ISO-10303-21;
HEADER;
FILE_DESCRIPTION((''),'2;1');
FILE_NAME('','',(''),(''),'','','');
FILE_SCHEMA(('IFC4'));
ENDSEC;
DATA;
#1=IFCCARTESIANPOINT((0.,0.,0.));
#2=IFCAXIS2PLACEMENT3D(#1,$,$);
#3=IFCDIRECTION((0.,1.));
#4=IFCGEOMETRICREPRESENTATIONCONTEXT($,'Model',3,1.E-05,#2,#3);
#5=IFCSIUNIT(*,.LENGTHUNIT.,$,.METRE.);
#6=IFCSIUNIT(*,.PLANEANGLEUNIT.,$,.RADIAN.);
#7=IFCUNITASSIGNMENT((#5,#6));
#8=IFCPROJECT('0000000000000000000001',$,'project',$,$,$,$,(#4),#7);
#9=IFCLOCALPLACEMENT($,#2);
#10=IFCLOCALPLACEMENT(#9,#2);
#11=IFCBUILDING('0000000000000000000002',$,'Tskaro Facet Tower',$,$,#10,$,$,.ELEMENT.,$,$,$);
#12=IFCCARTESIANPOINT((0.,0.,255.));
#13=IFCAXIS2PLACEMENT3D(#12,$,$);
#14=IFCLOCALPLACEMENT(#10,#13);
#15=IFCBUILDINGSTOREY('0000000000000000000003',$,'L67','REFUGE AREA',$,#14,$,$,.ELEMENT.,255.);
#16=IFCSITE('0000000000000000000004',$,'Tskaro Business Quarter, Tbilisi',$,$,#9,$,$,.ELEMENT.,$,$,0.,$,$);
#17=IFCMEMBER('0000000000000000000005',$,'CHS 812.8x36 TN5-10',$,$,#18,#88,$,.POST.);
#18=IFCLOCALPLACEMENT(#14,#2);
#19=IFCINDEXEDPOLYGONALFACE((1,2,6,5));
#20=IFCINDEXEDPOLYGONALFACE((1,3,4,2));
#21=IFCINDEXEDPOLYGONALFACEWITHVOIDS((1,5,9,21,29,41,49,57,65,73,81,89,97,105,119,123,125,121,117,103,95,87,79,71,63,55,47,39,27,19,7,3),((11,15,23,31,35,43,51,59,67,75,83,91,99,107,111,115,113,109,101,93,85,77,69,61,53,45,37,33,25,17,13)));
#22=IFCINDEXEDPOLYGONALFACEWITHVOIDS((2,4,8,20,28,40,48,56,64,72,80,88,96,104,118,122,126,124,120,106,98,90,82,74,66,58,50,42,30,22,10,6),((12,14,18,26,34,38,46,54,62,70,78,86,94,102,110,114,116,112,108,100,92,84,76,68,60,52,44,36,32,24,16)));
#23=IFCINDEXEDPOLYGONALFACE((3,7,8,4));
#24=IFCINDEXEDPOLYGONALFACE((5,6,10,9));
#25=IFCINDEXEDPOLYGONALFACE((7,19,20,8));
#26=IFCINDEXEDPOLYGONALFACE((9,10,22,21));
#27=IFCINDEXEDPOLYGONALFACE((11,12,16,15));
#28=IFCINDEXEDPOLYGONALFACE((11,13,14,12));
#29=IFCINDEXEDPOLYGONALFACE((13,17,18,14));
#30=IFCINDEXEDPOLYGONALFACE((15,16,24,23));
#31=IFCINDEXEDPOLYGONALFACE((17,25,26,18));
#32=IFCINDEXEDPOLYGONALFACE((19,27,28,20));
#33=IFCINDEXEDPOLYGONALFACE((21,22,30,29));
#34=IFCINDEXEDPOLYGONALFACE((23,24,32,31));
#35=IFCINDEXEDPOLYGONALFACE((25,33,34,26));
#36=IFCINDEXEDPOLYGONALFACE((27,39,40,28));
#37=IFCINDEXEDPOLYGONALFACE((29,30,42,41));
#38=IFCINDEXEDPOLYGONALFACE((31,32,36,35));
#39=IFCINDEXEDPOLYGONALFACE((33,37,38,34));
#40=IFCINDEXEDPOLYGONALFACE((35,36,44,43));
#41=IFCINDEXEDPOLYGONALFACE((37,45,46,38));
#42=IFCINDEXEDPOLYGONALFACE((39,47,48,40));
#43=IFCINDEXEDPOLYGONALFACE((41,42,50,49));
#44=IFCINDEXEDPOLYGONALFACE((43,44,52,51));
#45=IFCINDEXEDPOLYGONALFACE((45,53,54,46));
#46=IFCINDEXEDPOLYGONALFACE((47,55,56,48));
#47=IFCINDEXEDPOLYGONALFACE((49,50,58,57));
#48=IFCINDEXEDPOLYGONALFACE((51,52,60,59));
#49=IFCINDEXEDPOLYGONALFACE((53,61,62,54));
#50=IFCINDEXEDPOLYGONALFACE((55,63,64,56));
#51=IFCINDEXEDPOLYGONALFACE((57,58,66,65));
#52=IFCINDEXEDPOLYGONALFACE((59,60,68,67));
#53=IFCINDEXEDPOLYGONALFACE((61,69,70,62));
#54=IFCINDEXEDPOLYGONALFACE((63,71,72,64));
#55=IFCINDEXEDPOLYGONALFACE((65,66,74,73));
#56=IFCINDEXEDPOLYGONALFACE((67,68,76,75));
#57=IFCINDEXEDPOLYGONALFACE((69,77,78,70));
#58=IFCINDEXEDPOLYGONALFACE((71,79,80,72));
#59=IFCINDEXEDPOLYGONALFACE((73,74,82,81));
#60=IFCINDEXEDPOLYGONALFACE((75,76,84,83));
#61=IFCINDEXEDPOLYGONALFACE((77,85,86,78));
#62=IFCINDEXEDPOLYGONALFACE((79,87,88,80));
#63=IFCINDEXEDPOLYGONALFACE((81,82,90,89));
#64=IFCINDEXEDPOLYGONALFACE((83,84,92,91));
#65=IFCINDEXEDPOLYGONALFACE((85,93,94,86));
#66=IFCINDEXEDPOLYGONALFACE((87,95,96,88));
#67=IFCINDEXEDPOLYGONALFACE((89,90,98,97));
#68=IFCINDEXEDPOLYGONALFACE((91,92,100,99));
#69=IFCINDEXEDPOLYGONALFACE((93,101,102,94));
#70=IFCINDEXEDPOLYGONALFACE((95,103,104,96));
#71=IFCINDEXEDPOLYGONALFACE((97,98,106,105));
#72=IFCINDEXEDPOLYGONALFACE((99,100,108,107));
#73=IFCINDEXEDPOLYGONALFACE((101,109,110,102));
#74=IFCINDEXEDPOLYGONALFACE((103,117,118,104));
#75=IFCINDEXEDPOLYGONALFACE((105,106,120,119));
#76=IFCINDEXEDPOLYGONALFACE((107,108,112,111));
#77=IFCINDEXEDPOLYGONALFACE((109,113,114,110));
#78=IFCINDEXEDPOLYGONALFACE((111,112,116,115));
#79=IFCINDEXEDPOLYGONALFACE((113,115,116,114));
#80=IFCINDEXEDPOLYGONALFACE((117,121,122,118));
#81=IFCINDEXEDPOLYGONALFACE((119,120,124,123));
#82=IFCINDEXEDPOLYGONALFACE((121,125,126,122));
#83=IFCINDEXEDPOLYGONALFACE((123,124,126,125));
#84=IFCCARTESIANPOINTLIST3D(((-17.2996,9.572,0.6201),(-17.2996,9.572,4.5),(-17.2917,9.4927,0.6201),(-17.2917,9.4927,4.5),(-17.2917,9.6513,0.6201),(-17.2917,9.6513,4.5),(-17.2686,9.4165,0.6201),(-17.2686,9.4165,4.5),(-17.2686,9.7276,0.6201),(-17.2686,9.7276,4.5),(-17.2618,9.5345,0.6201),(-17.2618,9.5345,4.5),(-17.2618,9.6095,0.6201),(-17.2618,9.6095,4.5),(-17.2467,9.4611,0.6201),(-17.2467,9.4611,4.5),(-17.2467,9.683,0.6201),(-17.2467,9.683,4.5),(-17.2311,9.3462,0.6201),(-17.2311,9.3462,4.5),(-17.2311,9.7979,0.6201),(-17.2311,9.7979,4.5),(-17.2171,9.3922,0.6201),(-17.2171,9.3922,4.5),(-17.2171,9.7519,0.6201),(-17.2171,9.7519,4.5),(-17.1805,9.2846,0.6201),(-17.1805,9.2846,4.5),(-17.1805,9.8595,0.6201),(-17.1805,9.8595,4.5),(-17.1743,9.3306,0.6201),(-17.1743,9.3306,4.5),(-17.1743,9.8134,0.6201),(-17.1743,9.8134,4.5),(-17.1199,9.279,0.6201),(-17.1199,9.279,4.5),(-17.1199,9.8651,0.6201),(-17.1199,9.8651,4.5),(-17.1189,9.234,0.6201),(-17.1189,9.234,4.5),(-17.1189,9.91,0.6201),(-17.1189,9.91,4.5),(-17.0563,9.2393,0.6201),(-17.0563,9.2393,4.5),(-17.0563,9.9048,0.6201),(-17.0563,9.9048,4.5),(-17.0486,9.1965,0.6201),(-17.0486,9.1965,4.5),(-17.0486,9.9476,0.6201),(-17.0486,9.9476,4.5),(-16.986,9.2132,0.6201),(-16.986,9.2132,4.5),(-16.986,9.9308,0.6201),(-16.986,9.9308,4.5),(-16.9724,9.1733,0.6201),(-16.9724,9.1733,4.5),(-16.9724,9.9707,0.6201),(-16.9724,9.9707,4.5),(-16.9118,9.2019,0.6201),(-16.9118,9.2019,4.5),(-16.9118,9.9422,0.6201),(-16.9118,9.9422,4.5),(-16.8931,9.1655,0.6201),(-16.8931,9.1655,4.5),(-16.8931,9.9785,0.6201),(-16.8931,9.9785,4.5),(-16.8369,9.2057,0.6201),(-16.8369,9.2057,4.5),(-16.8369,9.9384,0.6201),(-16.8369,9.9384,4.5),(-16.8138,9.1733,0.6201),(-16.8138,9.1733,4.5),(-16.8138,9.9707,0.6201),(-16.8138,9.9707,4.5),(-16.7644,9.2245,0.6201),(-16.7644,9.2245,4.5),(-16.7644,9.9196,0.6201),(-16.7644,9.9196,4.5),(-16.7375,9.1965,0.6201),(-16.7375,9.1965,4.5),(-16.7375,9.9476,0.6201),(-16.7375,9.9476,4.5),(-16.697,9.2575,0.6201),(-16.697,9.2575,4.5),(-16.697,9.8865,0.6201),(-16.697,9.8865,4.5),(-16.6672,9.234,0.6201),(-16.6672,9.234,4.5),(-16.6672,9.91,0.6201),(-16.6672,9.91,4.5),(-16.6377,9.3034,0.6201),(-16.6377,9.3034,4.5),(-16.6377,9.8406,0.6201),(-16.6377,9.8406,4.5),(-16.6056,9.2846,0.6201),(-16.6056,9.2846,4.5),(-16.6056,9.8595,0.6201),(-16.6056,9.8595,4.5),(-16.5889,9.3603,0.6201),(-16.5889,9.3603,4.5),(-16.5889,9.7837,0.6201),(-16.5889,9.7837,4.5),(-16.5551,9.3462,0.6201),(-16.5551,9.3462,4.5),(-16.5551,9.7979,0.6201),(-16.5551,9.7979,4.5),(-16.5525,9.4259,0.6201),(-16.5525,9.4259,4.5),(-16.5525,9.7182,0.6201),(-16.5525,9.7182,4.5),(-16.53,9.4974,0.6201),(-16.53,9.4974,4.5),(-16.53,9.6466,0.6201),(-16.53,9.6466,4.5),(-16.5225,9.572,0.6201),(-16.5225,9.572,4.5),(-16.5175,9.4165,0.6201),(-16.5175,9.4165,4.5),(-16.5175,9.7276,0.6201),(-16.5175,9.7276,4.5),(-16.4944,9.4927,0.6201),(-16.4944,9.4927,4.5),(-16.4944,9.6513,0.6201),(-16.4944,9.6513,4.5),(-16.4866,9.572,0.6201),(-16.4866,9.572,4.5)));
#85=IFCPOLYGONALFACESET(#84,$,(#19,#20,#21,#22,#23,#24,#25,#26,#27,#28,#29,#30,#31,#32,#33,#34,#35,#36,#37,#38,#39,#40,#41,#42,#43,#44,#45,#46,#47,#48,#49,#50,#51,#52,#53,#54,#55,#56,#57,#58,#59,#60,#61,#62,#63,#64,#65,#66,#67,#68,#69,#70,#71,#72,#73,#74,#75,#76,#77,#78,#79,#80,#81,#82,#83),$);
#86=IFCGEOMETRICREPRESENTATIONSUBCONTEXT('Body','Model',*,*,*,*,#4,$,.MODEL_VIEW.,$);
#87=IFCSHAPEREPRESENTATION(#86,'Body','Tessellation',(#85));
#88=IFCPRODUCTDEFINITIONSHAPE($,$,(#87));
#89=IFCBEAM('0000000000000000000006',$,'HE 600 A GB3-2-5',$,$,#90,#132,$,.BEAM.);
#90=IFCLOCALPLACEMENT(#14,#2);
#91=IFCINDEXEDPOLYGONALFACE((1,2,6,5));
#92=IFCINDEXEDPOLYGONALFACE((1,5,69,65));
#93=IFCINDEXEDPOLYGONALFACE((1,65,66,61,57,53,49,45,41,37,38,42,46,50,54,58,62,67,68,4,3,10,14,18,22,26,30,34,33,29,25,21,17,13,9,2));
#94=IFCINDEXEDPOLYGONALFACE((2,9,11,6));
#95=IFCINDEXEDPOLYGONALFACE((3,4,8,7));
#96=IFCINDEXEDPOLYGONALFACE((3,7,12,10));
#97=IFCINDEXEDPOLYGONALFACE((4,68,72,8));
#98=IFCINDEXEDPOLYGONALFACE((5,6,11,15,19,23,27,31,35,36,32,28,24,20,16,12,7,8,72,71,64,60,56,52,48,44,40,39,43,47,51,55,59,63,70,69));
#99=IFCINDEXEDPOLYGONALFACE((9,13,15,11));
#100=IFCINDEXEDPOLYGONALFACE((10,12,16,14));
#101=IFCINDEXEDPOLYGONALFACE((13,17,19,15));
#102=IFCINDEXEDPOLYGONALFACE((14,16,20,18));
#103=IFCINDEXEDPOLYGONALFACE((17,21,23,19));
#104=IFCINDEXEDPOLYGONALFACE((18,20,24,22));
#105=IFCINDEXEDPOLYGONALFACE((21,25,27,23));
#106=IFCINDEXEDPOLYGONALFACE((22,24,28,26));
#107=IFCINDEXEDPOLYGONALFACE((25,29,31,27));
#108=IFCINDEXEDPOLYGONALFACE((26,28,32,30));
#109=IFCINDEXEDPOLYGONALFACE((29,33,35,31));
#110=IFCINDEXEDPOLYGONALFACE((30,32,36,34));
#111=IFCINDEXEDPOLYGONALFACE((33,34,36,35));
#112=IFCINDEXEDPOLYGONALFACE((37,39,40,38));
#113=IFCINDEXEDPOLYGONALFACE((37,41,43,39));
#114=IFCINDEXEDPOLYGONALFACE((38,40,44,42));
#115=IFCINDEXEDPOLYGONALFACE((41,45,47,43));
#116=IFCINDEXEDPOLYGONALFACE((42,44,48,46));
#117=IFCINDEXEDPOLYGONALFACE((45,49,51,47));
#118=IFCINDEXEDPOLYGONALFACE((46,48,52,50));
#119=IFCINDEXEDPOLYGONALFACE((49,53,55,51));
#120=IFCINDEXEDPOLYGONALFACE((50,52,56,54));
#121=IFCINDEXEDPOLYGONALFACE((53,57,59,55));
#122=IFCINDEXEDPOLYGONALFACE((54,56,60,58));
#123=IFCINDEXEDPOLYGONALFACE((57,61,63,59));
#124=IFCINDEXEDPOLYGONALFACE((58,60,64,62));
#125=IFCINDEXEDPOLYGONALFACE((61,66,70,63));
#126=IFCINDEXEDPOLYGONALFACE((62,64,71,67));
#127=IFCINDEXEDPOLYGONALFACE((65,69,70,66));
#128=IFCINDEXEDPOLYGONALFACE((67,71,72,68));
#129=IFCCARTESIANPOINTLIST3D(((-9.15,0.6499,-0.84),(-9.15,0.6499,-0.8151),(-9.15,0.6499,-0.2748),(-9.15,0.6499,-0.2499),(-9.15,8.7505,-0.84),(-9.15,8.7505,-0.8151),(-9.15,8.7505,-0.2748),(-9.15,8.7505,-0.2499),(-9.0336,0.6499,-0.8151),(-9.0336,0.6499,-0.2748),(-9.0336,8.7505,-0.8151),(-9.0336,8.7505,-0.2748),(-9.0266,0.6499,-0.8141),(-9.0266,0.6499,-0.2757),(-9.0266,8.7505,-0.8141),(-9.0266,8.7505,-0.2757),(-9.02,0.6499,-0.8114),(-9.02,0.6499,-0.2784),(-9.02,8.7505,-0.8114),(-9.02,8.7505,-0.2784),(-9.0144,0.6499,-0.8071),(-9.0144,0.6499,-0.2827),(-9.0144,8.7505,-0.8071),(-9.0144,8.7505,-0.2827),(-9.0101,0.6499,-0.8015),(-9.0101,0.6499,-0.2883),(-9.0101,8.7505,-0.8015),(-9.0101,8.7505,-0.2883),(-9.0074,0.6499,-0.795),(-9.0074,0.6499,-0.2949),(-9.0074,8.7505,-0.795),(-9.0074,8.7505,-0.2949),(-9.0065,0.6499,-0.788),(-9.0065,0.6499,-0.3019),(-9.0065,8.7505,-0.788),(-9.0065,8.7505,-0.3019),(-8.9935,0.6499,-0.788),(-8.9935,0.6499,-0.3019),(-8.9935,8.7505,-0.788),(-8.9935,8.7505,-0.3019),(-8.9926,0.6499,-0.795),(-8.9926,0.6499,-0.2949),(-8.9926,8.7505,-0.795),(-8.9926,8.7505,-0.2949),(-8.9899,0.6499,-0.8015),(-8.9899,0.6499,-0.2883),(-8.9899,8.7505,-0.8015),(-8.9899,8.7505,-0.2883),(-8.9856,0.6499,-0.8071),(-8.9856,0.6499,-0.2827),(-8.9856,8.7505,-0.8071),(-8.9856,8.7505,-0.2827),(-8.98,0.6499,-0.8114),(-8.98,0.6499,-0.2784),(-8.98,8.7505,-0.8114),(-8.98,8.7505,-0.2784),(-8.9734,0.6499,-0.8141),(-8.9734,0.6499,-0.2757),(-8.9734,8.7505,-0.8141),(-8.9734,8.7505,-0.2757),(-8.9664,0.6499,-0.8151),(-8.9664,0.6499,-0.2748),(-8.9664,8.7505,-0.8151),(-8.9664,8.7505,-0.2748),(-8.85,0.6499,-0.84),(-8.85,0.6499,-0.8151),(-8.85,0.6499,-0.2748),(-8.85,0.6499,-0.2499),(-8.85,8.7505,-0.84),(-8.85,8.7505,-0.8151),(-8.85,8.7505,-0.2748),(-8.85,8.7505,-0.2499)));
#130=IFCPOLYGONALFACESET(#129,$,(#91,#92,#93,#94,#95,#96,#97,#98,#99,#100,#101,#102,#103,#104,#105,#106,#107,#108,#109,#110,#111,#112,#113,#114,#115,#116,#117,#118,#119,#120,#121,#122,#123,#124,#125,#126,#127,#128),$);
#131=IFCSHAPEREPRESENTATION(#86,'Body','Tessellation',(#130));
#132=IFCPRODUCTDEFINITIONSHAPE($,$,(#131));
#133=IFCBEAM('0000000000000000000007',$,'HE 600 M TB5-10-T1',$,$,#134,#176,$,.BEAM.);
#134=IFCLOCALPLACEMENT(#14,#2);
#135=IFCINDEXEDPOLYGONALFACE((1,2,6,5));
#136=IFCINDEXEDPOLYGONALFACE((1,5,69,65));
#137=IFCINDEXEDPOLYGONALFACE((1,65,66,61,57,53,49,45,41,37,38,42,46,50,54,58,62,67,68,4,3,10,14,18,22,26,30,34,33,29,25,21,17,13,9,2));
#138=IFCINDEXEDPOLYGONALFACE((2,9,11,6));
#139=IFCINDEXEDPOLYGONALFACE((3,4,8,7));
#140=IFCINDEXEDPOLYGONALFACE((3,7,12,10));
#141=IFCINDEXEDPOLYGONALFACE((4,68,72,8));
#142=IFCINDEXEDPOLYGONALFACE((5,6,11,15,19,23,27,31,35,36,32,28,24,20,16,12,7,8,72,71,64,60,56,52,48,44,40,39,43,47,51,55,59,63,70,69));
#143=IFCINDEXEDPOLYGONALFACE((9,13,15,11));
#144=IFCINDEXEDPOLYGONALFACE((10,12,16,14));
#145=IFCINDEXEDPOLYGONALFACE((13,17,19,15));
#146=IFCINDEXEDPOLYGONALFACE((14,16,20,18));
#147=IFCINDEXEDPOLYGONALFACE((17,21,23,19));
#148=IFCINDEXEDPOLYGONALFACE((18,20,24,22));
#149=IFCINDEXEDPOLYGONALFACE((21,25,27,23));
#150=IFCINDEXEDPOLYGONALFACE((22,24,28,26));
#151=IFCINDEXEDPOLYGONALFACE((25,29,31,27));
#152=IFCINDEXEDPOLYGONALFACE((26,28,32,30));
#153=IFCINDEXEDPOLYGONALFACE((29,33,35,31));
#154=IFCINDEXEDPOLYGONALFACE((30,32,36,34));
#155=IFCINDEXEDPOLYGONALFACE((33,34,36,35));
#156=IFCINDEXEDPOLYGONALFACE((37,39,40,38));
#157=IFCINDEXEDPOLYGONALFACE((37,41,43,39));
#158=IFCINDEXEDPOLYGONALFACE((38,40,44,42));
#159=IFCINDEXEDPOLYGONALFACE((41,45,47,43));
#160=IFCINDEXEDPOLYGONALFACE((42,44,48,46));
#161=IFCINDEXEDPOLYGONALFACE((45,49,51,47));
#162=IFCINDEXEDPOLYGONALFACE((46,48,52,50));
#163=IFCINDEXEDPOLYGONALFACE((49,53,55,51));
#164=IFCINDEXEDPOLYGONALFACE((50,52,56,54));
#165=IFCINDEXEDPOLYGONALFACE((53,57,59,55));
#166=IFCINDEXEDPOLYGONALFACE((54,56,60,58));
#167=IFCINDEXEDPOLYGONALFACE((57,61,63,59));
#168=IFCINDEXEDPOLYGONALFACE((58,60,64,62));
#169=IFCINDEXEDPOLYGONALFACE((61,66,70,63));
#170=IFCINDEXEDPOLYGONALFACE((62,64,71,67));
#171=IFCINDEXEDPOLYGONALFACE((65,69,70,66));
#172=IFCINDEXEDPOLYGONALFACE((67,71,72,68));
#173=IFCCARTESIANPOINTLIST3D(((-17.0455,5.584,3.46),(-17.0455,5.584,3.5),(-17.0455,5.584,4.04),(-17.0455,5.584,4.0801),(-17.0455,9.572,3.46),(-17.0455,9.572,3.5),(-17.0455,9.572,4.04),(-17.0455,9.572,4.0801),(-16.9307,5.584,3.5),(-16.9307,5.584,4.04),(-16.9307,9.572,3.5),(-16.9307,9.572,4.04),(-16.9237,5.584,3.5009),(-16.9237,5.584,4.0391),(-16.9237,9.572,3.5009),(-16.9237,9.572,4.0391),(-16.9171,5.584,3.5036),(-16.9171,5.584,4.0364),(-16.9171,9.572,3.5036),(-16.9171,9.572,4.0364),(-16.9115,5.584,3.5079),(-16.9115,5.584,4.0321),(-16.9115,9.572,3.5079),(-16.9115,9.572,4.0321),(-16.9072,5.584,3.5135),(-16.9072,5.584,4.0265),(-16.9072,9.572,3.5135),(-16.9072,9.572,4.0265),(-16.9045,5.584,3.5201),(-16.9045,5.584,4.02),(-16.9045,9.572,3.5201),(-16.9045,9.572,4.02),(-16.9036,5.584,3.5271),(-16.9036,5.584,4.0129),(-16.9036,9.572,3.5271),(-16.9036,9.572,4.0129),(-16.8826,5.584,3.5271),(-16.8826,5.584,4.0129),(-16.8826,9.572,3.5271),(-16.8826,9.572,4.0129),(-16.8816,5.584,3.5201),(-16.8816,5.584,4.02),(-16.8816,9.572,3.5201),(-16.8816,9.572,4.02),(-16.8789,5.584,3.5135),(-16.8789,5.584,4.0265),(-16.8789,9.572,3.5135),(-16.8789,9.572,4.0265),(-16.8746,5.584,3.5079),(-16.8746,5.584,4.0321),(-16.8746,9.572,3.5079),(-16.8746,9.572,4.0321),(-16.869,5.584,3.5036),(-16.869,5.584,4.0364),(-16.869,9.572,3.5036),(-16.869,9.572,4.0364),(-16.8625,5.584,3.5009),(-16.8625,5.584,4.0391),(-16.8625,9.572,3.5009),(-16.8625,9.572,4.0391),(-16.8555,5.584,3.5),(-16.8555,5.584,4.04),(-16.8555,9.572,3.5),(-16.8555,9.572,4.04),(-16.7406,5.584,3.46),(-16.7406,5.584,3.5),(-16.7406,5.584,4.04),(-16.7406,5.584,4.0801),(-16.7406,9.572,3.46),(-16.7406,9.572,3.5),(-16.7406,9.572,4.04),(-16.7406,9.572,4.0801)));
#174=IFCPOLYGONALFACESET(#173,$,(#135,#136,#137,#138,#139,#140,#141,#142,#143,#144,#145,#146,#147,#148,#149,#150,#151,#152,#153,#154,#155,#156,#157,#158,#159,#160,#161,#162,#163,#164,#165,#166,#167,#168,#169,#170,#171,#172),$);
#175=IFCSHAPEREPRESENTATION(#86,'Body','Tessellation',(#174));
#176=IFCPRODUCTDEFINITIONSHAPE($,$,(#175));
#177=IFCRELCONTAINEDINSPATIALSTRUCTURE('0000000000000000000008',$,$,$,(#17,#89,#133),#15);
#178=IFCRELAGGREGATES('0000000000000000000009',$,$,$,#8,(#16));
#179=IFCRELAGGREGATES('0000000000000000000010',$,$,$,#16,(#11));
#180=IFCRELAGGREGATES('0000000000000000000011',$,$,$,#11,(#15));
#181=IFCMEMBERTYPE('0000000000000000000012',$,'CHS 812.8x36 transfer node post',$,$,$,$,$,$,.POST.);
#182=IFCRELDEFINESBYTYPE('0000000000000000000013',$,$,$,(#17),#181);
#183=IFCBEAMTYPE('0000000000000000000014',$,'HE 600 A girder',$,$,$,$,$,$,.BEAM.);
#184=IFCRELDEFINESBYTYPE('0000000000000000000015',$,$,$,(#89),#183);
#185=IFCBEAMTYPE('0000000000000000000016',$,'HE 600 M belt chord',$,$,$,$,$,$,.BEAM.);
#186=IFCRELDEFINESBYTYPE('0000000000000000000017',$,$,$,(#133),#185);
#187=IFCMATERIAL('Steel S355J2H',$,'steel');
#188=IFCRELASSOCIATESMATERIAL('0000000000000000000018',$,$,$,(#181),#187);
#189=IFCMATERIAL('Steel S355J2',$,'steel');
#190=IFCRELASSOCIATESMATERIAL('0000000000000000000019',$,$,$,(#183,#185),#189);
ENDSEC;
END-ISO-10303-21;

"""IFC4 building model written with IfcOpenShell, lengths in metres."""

from ifc_helpers import new_model, si_unit, direction, frame, origin, origin_2d, place, context, subcontext, project, spatial, hollow_circle, i_section, extrude, material, material_profile, profile_set, type_object, element, save


model = new_model("IFC4")

# Units and contexts
model_context = context("Model", 3, precision=1e-05, world=origin(), true_north=direction((0.0, 1.0)))
body_context = subcontext(model_context, "Body", "Model", "MODEL_VIEW")
ifc_project = project(units=[si_unit("LENGTHUNIT", "METRE"), si_unit("PLANEANGLEUNIT", "RADIAN")], contexts=[model_context])

# Site, building, storey
site_placement = place(None, origin())
site = spatial("IfcSite", under=ifc_project, at=site_placement, Name="Tskaro Business Quarter, Tbilisi", CompositionType="ELEMENT", RefElevation=0.0)
building_placement = place(site_placement, origin())
building = spatial("IfcBuilding", under=site, at=building_placement, Name="Tskaro Facet Tower", CompositionType="ELEMENT")
storey_placement = place(building_placement, frame((0.0, 0.0, 255.0)))
storey = spatial("IfcBuildingStorey", under=building, at=storey_placement, Name="L67", Description="REFUGE AREA", CompositionType="ELEMENT", Elevation=255.0)

# Shared definitions
ifc_material_1 = material(Name="Steel S355J2", Category="steel")

# Member
ifc_material_2 = material(Name="Steel S355J2H", Category="steel")
ifc_material_profile_1 = material_profile(ifc_material_2, hollow_circle(Radius=0.4065, WallThickness=0.0359, at=origin_2d()), Name="CHS 812.8x36")
ifc_profile_set_1 = profile_set([ifc_material_profile_1], Name="Steel S355J2H")
member_type_1 = type_object("IfcMemberType", Name="CHS 812.8x36 transfer node post", PredefinedType="POST", material=ifc_profile_set_1)
member_1_placement = place(storey_placement, frame((-16.8931, 9.572, 0.6201), z_axis=(0.0, 0.0, 1.0), x_axis=(1.0, 0.0, 0.0)))
element("IfcMember", 1, at=member_1_placement, inside=storey, type_object=member_type_1, Name="CHS 812.8x36 TN5-10", PredefinedType="POST", context=body_context, shape_type="SweptSolid", body=[
    extrude(hollow_circle(Radius=0.4065, WallThickness=0.0359, at=origin_2d()), origin(), (0.0, 0.0, 1.0), 3.8799),
])

# Beams
ifc_material_profile_2 = material_profile(ifc_material_1, i_section(OverallWidth=0.3, OverallDepth=0.5901, WebThickness=0.0129, FlangeThickness=0.0249, FilletRadius=0.0271, at=origin_2d()), Name="HE 600 A")
ifc_profile_set_2 = profile_set([ifc_material_profile_2], Name="Steel S355J2")
beam_type_1 = type_object("IfcBeamType", Name="HE 600 A girder", PredefinedType="BEAM", material=ifc_profile_set_2)
beam_1_placement = place(storey_placement, frame((-9.0, 0.6499, -0.5449), z_axis=(0.0, 1.0, 0.0), x_axis=(-1.0, 0.0, 0.0)))
element("IfcBeam", 2, at=beam_1_placement, inside=storey, type_object=beam_type_1, Name="HE 600 A GB3-2-5", PredefinedType="BEAM", context=body_context, shape_type="SweptSolid", body=[
    extrude(i_section(OverallWidth=0.3, OverallDepth=0.5901, WebThickness=0.0129, FlangeThickness=0.0249, FilletRadius=0.0271, at=origin_2d()), origin(), (0.0, 0.0, 1.0), 8.1006),
])
ifc_material_profile_3 = material_profile(ifc_material_1, i_section(OverallWidth=0.3049, OverallDepth=0.6201, WebThickness=0.021, FlangeThickness=0.04, FilletRadius=0.0271, at=origin_2d()), Name="HE 600 M")
ifc_profile_set_3 = profile_set([ifc_material_profile_3], Name="Steel S355J2")
beam_type_2 = type_object("IfcBeamType", Name="HE 600 M belt chord", PredefinedType="BEAM", material=ifc_profile_set_3)
for number, where, z_axis, x_axis, name in (
    (3, (-16.8931, 9.572, 3.77), (0.0, -1.0, 0.0), (1.0, 0.0, 0.0), "HE 600 M TB5-10-T1"),
):
    element("IfcBeam", number, at=place(storey_placement, frame(where, z_axis=z_axis, x_axis=x_axis)), inside=storey, type_object=beam_type_2, Name=name, PredefinedType="BEAM", context=body_context, shape_type="SweptSolid", body=[
        extrude(i_section(OverallWidth=0.3049, OverallDepth=0.6201, WebThickness=0.021, FlangeThickness=0.04, FilletRadius=0.0271, at=origin_2d()), origin(), (0.0, 0.0, 1.0), 3.988),
    ])

save(model, "model.ifc")
